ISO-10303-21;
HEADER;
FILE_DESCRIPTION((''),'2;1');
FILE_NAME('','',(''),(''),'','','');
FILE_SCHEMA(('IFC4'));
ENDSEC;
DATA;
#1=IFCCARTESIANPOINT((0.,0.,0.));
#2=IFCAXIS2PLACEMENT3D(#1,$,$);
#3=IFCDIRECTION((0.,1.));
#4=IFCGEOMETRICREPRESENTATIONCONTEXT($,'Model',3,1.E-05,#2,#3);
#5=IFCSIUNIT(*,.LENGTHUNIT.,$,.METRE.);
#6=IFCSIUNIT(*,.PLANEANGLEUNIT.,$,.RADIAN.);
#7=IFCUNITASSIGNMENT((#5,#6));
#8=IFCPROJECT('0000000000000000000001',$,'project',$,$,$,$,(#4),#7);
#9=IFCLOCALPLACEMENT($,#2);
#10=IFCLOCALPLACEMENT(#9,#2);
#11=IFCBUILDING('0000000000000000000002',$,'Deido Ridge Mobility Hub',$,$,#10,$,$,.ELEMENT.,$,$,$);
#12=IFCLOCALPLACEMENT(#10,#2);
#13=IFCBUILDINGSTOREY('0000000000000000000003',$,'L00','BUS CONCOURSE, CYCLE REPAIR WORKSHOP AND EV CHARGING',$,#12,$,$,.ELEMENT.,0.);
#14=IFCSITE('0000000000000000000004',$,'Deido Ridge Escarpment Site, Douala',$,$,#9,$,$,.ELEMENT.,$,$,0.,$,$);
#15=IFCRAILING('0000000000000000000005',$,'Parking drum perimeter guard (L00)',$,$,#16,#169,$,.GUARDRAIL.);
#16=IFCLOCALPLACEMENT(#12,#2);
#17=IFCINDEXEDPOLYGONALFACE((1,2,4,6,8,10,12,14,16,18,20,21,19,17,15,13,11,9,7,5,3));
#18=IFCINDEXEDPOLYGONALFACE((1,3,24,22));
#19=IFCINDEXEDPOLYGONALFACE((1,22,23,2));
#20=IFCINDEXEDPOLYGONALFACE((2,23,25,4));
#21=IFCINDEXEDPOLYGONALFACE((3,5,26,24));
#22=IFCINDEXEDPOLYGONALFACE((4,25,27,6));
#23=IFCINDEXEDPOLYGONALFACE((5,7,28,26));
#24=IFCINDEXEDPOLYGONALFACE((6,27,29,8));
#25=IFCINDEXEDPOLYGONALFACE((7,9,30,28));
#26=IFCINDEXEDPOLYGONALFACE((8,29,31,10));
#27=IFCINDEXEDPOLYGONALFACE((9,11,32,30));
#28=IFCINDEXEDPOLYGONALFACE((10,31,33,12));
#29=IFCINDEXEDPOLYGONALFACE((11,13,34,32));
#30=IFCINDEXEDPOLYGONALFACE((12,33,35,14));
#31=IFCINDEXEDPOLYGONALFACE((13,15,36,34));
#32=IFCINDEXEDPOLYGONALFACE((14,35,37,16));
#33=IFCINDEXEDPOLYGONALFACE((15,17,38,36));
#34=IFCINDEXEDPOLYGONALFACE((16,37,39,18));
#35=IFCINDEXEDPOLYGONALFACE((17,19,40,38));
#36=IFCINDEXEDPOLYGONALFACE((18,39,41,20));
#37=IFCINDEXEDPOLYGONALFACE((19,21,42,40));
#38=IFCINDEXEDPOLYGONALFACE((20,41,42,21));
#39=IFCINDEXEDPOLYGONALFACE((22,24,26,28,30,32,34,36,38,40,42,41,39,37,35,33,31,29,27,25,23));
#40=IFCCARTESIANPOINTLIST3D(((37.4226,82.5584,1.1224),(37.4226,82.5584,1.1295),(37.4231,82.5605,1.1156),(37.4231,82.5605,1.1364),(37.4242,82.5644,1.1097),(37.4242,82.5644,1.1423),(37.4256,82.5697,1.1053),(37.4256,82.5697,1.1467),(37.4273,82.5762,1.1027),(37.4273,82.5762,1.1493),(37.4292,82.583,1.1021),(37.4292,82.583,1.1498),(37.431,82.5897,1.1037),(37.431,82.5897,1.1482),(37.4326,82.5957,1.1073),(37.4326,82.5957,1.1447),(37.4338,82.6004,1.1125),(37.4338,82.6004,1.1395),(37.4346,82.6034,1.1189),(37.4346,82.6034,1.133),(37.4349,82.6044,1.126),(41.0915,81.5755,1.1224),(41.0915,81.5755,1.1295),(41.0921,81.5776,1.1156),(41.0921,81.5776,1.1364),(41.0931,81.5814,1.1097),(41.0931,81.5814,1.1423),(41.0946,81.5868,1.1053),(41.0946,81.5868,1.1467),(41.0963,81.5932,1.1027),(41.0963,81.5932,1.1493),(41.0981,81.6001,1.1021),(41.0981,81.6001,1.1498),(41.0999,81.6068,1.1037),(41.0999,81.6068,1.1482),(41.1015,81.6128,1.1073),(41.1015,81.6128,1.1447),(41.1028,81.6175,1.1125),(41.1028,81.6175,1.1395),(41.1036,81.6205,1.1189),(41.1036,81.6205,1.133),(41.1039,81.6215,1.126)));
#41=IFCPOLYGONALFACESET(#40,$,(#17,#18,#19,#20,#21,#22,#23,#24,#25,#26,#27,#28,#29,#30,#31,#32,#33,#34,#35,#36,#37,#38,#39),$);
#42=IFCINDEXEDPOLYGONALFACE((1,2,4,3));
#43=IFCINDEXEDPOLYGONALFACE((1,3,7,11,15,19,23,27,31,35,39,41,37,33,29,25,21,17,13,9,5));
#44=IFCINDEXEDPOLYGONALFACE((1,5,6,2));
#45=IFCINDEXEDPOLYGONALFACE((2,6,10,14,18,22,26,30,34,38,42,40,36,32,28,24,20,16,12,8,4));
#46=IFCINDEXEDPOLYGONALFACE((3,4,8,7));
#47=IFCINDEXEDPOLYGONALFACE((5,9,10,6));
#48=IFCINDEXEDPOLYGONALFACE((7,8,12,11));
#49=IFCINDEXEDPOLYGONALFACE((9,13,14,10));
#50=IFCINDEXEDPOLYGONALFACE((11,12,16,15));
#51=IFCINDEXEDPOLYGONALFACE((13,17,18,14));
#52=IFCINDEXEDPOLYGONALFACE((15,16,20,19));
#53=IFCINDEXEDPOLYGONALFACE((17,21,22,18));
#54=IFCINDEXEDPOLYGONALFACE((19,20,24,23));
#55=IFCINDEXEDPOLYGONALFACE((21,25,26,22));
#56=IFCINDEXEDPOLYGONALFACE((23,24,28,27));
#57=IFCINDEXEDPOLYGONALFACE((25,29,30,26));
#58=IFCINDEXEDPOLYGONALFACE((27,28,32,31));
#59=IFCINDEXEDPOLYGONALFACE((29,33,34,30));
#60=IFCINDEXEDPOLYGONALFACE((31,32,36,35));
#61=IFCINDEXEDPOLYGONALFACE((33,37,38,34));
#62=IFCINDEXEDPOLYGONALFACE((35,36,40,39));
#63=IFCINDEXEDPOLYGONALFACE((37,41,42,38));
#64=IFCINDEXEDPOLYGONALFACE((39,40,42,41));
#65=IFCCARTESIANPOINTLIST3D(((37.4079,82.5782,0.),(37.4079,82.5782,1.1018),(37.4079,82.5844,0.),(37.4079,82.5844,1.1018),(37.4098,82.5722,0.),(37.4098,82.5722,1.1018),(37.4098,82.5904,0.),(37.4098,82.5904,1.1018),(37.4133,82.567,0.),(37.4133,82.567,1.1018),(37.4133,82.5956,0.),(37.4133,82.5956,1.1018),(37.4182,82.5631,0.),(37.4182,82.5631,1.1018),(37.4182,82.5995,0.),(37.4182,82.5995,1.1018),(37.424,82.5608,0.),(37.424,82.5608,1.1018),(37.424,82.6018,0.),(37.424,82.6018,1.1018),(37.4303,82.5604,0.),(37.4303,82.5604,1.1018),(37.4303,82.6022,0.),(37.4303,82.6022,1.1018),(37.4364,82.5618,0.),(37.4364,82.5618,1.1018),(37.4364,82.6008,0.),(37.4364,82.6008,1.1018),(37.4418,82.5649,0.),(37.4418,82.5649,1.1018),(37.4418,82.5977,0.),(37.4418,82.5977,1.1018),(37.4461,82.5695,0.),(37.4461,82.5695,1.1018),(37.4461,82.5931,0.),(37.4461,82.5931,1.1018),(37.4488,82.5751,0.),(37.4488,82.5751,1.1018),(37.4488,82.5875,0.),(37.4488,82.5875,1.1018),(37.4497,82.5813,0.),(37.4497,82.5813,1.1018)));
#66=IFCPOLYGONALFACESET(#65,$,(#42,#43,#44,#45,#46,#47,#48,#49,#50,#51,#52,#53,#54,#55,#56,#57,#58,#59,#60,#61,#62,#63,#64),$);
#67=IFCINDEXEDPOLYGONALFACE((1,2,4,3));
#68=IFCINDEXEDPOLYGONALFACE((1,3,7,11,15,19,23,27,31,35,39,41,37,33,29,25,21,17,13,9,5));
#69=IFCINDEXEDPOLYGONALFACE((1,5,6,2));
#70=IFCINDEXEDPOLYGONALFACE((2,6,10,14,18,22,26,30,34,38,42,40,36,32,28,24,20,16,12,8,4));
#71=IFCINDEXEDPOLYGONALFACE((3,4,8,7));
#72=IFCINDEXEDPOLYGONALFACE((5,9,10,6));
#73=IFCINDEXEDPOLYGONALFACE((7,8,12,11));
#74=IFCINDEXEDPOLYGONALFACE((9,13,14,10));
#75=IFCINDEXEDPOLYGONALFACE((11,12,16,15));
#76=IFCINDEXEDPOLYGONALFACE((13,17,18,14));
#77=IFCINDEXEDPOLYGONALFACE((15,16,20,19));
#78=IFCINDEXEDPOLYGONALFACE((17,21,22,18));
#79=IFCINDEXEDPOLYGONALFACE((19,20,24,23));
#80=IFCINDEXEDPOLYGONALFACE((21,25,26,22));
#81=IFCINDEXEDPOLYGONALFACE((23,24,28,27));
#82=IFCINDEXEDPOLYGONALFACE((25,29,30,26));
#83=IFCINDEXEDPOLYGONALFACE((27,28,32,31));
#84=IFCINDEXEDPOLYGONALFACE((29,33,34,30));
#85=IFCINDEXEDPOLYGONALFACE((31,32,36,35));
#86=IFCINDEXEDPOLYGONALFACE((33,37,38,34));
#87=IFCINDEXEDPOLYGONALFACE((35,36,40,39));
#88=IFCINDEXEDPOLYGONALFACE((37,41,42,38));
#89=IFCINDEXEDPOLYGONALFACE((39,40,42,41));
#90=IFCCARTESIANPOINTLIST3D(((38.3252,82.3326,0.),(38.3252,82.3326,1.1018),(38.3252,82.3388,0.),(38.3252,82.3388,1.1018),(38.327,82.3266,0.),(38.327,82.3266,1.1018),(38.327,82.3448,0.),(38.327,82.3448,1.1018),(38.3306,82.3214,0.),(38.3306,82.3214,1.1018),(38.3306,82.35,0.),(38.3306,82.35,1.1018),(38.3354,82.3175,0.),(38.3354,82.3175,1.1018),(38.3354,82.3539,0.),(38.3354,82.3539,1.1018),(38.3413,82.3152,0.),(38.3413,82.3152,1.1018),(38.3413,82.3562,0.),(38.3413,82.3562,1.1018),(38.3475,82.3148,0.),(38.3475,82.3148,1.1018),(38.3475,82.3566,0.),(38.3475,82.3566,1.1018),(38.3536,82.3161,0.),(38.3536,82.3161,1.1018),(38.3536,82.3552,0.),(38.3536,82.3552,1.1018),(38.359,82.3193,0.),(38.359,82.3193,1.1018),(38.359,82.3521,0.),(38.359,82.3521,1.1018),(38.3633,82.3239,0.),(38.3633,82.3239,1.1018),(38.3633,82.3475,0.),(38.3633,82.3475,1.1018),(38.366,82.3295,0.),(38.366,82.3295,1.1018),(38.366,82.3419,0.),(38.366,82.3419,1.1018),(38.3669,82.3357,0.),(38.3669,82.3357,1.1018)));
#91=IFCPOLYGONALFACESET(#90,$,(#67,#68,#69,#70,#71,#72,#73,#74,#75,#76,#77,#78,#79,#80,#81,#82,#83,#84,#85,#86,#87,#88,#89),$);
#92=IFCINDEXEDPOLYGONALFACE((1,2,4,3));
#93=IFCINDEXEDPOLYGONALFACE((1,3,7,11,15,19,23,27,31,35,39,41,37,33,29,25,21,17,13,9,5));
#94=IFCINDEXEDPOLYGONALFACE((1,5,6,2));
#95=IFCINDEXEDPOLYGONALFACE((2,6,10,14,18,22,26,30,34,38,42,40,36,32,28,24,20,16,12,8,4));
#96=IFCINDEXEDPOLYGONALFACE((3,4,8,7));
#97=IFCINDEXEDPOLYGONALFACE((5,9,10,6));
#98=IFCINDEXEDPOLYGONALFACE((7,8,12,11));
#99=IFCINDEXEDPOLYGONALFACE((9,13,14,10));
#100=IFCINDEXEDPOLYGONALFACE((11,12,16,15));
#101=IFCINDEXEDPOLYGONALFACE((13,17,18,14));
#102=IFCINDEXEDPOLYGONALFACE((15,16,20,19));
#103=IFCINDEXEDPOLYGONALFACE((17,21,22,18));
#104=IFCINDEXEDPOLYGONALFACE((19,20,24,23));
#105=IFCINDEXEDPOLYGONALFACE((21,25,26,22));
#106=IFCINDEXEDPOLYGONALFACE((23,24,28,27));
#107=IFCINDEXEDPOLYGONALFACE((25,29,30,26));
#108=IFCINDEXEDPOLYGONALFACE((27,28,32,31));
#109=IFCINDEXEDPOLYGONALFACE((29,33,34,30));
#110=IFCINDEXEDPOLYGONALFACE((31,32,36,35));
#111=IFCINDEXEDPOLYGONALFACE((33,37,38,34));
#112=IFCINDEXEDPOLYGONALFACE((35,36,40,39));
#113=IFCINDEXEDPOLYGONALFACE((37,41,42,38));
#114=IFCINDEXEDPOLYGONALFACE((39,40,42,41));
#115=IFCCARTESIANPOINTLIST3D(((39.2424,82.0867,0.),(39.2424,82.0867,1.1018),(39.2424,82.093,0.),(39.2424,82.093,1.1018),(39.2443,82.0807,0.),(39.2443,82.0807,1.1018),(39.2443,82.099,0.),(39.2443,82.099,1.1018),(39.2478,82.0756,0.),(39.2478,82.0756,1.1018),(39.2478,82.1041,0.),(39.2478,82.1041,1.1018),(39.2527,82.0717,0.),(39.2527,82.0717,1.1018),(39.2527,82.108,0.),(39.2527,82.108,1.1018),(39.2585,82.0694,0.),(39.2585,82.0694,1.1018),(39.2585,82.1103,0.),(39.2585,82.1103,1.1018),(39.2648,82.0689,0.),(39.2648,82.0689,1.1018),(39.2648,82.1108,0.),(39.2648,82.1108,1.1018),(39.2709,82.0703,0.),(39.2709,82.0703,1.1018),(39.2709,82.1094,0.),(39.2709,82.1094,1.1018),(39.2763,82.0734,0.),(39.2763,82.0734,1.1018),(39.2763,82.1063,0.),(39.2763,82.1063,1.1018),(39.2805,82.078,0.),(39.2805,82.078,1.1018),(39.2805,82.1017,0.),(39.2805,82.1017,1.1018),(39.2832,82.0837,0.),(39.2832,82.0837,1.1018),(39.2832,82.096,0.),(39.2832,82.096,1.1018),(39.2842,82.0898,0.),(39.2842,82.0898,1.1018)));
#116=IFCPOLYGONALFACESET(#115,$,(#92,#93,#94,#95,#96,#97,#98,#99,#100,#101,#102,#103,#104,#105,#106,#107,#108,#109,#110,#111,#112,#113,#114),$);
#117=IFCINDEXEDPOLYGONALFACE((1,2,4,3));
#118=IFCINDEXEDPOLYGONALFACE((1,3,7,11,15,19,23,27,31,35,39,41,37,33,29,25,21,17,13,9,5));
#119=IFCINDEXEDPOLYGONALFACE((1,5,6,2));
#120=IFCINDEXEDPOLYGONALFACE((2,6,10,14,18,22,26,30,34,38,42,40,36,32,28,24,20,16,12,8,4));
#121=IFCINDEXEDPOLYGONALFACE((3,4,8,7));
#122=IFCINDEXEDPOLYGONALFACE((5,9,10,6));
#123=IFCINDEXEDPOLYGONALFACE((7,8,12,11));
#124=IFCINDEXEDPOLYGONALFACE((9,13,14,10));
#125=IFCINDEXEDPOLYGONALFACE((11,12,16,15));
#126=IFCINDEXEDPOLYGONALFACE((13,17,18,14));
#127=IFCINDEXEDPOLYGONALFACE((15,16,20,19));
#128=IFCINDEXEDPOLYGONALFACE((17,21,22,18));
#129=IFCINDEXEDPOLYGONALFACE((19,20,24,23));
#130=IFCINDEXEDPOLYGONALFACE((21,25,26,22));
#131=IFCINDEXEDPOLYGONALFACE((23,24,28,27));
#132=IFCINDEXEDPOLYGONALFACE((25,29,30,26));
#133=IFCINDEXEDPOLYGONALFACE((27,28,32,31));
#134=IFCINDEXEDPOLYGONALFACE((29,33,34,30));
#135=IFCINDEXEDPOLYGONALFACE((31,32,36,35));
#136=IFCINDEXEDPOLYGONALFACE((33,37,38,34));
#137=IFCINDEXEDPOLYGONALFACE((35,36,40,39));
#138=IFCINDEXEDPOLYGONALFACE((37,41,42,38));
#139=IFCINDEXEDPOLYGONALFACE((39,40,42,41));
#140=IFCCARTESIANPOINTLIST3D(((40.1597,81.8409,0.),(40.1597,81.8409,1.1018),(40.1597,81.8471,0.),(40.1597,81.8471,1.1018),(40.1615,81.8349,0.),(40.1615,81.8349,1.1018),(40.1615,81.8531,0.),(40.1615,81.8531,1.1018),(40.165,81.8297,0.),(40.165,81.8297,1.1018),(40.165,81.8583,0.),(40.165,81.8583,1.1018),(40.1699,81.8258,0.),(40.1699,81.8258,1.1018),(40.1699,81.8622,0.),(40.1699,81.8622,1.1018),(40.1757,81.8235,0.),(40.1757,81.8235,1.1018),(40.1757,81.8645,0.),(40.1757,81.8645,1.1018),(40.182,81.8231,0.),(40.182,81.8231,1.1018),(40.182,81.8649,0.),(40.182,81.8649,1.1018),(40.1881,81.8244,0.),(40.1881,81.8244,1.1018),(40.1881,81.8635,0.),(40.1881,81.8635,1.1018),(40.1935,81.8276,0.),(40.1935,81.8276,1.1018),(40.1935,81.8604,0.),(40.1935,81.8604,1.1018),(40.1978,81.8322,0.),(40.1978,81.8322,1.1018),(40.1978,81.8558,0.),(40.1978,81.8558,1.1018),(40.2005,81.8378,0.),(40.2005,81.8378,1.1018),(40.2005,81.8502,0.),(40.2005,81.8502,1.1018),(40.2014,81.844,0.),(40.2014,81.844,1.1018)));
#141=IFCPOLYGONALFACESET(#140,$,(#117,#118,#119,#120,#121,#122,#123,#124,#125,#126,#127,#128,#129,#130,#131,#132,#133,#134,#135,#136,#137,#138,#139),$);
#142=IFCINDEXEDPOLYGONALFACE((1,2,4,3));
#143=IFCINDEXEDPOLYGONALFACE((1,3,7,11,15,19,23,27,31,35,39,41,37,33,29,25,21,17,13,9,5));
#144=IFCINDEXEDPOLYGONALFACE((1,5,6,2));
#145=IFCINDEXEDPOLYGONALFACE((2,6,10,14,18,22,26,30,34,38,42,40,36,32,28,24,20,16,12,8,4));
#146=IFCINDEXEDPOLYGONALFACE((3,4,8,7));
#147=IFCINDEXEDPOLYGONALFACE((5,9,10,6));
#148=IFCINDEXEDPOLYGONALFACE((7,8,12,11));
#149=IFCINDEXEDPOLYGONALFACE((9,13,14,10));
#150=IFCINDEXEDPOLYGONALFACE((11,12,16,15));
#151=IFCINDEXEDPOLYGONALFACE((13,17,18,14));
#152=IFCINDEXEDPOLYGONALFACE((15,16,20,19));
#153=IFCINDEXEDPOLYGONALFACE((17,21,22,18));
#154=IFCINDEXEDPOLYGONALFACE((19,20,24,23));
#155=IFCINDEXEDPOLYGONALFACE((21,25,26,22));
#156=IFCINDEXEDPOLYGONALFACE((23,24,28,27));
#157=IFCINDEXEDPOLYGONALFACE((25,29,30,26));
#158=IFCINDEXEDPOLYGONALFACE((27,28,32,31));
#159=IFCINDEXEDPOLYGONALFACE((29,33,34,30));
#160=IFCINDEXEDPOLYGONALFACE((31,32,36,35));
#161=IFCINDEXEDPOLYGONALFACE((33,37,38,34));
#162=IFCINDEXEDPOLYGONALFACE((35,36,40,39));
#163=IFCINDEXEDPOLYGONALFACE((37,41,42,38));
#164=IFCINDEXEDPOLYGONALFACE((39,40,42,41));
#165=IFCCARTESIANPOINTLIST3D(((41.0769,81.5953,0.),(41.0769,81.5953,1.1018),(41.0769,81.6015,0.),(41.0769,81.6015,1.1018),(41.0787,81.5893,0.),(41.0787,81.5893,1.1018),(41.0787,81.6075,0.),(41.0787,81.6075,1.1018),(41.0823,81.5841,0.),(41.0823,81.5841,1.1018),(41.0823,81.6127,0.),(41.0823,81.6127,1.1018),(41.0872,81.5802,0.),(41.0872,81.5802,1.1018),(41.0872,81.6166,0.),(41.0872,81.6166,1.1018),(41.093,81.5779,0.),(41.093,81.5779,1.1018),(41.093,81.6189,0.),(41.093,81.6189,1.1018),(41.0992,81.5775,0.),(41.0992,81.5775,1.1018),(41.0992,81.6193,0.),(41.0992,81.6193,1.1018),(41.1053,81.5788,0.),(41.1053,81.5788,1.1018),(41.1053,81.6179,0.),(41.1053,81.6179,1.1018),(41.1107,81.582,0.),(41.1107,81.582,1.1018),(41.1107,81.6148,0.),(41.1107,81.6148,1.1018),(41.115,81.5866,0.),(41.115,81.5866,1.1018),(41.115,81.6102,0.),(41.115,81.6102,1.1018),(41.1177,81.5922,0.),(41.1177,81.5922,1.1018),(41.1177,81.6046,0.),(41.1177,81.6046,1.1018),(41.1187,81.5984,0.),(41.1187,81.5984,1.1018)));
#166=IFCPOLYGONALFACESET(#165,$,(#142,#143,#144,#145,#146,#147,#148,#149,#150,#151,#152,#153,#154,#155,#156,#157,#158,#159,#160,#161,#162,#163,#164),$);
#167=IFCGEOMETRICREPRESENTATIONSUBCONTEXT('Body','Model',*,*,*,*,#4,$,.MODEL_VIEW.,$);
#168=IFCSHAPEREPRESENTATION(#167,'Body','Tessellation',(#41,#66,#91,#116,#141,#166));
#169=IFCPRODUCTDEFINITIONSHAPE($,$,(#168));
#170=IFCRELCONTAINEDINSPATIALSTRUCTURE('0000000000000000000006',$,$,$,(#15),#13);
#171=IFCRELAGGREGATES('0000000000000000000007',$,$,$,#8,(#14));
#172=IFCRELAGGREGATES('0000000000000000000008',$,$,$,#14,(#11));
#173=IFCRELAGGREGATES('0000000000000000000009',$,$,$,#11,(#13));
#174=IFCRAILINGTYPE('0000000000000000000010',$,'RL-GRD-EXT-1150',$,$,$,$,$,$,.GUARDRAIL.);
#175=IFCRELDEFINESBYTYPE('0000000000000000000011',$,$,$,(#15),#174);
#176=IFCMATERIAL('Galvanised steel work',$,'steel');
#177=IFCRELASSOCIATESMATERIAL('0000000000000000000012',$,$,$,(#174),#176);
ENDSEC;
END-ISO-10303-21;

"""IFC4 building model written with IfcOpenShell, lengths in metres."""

from ifc_helpers import new_model, si_unit, direction, frame, origin, origin_2d, place, context, subcontext, project, spatial, circle, extrude, material, type_object, element, save


model = new_model("IFC4")

# Units and contexts
model_context = context("Model", 3, precision=1e-05, world=origin(), true_north=direction((0.0, 1.0)))
body_context = subcontext(model_context, "Body", "Model", "MODEL_VIEW")
ifc_project = project(units=[si_unit("LENGTHUNIT", "METRE"), si_unit("PLANEANGLEUNIT", "RADIAN")], contexts=[model_context])

# Site, building, storey
site_placement = place(None, origin())
site = spatial("IfcSite", under=ifc_project, at=site_placement, Name="Deido Ridge Escarpment Site, Douala", CompositionType="ELEMENT", RefElevation=0.0)
building_placement = place(site_placement, origin())
building = spatial("IfcBuilding", under=site, at=building_placement, Name="Deido Ridge Mobility Hub", CompositionType="ELEMENT")
storey_placement = place(building_placement, origin())
storey = spatial("IfcBuildingStorey", under=building, at=storey_placement, Name="L00", Description="BUS CONCOURSE, CYCLE REPAIR WORKSHOP AND EV CHARGING", CompositionType="ELEMENT", Elevation=0.0)

# Railing
ifc_material_1 = material(Name="Galvanised steel work", Category="steel")
railing_type = type_object("IfcRailingType", Name="RL-GRD-EXT-1150", PredefinedType="GUARDRAIL", material=ifc_material_1)
railing_placement = place(storey_placement, frame((37.4287, 82.5813, 0.0)))
element("IfcRailing", 1, at=railing_placement, inside=storey, type_object=railing_type, Name="Parking drum perimeter guard (L00)", PredefinedType="GUARDRAIL", context=body_context, shape_type="SweptSolid", body=[
    extrude(circle(Radius=0.0239, at=origin_2d()), frame((0.0, 0.0, 1.126), z_axis=(0.965938, -0.258775, 0.0), x_axis=(0.258775, 0.965938, 0.0)), (0.0, 0.0, 1.0), 3.7983),
    extrude(circle(Radius=0.021, at=origin_2d()), origin(), (0.0, 0.0, 1.0), 1.1018),
    extrude(circle(Radius=0.021, at=origin_2d()), frame((0.9172, -0.2456, 0.0)), (0.0, 0.0, 1.0), 1.1018),
    extrude(circle(Radius=0.021, at=origin_2d()), frame((1.8345, -0.4915, 0.0)), (0.0, 0.0, 1.0), 1.1018),
    extrude(circle(Radius=0.021, at=origin_2d()), frame((2.7517, -0.7373, 0.0)), (0.0, 0.0, 1.0), 1.1018),
    extrude(circle(Radius=0.021, at=origin_2d()), frame((3.6689, -0.9829, 0.0)), (0.0, 0.0, 1.0), 1.1018),
])

save(model, "model.ifc")
